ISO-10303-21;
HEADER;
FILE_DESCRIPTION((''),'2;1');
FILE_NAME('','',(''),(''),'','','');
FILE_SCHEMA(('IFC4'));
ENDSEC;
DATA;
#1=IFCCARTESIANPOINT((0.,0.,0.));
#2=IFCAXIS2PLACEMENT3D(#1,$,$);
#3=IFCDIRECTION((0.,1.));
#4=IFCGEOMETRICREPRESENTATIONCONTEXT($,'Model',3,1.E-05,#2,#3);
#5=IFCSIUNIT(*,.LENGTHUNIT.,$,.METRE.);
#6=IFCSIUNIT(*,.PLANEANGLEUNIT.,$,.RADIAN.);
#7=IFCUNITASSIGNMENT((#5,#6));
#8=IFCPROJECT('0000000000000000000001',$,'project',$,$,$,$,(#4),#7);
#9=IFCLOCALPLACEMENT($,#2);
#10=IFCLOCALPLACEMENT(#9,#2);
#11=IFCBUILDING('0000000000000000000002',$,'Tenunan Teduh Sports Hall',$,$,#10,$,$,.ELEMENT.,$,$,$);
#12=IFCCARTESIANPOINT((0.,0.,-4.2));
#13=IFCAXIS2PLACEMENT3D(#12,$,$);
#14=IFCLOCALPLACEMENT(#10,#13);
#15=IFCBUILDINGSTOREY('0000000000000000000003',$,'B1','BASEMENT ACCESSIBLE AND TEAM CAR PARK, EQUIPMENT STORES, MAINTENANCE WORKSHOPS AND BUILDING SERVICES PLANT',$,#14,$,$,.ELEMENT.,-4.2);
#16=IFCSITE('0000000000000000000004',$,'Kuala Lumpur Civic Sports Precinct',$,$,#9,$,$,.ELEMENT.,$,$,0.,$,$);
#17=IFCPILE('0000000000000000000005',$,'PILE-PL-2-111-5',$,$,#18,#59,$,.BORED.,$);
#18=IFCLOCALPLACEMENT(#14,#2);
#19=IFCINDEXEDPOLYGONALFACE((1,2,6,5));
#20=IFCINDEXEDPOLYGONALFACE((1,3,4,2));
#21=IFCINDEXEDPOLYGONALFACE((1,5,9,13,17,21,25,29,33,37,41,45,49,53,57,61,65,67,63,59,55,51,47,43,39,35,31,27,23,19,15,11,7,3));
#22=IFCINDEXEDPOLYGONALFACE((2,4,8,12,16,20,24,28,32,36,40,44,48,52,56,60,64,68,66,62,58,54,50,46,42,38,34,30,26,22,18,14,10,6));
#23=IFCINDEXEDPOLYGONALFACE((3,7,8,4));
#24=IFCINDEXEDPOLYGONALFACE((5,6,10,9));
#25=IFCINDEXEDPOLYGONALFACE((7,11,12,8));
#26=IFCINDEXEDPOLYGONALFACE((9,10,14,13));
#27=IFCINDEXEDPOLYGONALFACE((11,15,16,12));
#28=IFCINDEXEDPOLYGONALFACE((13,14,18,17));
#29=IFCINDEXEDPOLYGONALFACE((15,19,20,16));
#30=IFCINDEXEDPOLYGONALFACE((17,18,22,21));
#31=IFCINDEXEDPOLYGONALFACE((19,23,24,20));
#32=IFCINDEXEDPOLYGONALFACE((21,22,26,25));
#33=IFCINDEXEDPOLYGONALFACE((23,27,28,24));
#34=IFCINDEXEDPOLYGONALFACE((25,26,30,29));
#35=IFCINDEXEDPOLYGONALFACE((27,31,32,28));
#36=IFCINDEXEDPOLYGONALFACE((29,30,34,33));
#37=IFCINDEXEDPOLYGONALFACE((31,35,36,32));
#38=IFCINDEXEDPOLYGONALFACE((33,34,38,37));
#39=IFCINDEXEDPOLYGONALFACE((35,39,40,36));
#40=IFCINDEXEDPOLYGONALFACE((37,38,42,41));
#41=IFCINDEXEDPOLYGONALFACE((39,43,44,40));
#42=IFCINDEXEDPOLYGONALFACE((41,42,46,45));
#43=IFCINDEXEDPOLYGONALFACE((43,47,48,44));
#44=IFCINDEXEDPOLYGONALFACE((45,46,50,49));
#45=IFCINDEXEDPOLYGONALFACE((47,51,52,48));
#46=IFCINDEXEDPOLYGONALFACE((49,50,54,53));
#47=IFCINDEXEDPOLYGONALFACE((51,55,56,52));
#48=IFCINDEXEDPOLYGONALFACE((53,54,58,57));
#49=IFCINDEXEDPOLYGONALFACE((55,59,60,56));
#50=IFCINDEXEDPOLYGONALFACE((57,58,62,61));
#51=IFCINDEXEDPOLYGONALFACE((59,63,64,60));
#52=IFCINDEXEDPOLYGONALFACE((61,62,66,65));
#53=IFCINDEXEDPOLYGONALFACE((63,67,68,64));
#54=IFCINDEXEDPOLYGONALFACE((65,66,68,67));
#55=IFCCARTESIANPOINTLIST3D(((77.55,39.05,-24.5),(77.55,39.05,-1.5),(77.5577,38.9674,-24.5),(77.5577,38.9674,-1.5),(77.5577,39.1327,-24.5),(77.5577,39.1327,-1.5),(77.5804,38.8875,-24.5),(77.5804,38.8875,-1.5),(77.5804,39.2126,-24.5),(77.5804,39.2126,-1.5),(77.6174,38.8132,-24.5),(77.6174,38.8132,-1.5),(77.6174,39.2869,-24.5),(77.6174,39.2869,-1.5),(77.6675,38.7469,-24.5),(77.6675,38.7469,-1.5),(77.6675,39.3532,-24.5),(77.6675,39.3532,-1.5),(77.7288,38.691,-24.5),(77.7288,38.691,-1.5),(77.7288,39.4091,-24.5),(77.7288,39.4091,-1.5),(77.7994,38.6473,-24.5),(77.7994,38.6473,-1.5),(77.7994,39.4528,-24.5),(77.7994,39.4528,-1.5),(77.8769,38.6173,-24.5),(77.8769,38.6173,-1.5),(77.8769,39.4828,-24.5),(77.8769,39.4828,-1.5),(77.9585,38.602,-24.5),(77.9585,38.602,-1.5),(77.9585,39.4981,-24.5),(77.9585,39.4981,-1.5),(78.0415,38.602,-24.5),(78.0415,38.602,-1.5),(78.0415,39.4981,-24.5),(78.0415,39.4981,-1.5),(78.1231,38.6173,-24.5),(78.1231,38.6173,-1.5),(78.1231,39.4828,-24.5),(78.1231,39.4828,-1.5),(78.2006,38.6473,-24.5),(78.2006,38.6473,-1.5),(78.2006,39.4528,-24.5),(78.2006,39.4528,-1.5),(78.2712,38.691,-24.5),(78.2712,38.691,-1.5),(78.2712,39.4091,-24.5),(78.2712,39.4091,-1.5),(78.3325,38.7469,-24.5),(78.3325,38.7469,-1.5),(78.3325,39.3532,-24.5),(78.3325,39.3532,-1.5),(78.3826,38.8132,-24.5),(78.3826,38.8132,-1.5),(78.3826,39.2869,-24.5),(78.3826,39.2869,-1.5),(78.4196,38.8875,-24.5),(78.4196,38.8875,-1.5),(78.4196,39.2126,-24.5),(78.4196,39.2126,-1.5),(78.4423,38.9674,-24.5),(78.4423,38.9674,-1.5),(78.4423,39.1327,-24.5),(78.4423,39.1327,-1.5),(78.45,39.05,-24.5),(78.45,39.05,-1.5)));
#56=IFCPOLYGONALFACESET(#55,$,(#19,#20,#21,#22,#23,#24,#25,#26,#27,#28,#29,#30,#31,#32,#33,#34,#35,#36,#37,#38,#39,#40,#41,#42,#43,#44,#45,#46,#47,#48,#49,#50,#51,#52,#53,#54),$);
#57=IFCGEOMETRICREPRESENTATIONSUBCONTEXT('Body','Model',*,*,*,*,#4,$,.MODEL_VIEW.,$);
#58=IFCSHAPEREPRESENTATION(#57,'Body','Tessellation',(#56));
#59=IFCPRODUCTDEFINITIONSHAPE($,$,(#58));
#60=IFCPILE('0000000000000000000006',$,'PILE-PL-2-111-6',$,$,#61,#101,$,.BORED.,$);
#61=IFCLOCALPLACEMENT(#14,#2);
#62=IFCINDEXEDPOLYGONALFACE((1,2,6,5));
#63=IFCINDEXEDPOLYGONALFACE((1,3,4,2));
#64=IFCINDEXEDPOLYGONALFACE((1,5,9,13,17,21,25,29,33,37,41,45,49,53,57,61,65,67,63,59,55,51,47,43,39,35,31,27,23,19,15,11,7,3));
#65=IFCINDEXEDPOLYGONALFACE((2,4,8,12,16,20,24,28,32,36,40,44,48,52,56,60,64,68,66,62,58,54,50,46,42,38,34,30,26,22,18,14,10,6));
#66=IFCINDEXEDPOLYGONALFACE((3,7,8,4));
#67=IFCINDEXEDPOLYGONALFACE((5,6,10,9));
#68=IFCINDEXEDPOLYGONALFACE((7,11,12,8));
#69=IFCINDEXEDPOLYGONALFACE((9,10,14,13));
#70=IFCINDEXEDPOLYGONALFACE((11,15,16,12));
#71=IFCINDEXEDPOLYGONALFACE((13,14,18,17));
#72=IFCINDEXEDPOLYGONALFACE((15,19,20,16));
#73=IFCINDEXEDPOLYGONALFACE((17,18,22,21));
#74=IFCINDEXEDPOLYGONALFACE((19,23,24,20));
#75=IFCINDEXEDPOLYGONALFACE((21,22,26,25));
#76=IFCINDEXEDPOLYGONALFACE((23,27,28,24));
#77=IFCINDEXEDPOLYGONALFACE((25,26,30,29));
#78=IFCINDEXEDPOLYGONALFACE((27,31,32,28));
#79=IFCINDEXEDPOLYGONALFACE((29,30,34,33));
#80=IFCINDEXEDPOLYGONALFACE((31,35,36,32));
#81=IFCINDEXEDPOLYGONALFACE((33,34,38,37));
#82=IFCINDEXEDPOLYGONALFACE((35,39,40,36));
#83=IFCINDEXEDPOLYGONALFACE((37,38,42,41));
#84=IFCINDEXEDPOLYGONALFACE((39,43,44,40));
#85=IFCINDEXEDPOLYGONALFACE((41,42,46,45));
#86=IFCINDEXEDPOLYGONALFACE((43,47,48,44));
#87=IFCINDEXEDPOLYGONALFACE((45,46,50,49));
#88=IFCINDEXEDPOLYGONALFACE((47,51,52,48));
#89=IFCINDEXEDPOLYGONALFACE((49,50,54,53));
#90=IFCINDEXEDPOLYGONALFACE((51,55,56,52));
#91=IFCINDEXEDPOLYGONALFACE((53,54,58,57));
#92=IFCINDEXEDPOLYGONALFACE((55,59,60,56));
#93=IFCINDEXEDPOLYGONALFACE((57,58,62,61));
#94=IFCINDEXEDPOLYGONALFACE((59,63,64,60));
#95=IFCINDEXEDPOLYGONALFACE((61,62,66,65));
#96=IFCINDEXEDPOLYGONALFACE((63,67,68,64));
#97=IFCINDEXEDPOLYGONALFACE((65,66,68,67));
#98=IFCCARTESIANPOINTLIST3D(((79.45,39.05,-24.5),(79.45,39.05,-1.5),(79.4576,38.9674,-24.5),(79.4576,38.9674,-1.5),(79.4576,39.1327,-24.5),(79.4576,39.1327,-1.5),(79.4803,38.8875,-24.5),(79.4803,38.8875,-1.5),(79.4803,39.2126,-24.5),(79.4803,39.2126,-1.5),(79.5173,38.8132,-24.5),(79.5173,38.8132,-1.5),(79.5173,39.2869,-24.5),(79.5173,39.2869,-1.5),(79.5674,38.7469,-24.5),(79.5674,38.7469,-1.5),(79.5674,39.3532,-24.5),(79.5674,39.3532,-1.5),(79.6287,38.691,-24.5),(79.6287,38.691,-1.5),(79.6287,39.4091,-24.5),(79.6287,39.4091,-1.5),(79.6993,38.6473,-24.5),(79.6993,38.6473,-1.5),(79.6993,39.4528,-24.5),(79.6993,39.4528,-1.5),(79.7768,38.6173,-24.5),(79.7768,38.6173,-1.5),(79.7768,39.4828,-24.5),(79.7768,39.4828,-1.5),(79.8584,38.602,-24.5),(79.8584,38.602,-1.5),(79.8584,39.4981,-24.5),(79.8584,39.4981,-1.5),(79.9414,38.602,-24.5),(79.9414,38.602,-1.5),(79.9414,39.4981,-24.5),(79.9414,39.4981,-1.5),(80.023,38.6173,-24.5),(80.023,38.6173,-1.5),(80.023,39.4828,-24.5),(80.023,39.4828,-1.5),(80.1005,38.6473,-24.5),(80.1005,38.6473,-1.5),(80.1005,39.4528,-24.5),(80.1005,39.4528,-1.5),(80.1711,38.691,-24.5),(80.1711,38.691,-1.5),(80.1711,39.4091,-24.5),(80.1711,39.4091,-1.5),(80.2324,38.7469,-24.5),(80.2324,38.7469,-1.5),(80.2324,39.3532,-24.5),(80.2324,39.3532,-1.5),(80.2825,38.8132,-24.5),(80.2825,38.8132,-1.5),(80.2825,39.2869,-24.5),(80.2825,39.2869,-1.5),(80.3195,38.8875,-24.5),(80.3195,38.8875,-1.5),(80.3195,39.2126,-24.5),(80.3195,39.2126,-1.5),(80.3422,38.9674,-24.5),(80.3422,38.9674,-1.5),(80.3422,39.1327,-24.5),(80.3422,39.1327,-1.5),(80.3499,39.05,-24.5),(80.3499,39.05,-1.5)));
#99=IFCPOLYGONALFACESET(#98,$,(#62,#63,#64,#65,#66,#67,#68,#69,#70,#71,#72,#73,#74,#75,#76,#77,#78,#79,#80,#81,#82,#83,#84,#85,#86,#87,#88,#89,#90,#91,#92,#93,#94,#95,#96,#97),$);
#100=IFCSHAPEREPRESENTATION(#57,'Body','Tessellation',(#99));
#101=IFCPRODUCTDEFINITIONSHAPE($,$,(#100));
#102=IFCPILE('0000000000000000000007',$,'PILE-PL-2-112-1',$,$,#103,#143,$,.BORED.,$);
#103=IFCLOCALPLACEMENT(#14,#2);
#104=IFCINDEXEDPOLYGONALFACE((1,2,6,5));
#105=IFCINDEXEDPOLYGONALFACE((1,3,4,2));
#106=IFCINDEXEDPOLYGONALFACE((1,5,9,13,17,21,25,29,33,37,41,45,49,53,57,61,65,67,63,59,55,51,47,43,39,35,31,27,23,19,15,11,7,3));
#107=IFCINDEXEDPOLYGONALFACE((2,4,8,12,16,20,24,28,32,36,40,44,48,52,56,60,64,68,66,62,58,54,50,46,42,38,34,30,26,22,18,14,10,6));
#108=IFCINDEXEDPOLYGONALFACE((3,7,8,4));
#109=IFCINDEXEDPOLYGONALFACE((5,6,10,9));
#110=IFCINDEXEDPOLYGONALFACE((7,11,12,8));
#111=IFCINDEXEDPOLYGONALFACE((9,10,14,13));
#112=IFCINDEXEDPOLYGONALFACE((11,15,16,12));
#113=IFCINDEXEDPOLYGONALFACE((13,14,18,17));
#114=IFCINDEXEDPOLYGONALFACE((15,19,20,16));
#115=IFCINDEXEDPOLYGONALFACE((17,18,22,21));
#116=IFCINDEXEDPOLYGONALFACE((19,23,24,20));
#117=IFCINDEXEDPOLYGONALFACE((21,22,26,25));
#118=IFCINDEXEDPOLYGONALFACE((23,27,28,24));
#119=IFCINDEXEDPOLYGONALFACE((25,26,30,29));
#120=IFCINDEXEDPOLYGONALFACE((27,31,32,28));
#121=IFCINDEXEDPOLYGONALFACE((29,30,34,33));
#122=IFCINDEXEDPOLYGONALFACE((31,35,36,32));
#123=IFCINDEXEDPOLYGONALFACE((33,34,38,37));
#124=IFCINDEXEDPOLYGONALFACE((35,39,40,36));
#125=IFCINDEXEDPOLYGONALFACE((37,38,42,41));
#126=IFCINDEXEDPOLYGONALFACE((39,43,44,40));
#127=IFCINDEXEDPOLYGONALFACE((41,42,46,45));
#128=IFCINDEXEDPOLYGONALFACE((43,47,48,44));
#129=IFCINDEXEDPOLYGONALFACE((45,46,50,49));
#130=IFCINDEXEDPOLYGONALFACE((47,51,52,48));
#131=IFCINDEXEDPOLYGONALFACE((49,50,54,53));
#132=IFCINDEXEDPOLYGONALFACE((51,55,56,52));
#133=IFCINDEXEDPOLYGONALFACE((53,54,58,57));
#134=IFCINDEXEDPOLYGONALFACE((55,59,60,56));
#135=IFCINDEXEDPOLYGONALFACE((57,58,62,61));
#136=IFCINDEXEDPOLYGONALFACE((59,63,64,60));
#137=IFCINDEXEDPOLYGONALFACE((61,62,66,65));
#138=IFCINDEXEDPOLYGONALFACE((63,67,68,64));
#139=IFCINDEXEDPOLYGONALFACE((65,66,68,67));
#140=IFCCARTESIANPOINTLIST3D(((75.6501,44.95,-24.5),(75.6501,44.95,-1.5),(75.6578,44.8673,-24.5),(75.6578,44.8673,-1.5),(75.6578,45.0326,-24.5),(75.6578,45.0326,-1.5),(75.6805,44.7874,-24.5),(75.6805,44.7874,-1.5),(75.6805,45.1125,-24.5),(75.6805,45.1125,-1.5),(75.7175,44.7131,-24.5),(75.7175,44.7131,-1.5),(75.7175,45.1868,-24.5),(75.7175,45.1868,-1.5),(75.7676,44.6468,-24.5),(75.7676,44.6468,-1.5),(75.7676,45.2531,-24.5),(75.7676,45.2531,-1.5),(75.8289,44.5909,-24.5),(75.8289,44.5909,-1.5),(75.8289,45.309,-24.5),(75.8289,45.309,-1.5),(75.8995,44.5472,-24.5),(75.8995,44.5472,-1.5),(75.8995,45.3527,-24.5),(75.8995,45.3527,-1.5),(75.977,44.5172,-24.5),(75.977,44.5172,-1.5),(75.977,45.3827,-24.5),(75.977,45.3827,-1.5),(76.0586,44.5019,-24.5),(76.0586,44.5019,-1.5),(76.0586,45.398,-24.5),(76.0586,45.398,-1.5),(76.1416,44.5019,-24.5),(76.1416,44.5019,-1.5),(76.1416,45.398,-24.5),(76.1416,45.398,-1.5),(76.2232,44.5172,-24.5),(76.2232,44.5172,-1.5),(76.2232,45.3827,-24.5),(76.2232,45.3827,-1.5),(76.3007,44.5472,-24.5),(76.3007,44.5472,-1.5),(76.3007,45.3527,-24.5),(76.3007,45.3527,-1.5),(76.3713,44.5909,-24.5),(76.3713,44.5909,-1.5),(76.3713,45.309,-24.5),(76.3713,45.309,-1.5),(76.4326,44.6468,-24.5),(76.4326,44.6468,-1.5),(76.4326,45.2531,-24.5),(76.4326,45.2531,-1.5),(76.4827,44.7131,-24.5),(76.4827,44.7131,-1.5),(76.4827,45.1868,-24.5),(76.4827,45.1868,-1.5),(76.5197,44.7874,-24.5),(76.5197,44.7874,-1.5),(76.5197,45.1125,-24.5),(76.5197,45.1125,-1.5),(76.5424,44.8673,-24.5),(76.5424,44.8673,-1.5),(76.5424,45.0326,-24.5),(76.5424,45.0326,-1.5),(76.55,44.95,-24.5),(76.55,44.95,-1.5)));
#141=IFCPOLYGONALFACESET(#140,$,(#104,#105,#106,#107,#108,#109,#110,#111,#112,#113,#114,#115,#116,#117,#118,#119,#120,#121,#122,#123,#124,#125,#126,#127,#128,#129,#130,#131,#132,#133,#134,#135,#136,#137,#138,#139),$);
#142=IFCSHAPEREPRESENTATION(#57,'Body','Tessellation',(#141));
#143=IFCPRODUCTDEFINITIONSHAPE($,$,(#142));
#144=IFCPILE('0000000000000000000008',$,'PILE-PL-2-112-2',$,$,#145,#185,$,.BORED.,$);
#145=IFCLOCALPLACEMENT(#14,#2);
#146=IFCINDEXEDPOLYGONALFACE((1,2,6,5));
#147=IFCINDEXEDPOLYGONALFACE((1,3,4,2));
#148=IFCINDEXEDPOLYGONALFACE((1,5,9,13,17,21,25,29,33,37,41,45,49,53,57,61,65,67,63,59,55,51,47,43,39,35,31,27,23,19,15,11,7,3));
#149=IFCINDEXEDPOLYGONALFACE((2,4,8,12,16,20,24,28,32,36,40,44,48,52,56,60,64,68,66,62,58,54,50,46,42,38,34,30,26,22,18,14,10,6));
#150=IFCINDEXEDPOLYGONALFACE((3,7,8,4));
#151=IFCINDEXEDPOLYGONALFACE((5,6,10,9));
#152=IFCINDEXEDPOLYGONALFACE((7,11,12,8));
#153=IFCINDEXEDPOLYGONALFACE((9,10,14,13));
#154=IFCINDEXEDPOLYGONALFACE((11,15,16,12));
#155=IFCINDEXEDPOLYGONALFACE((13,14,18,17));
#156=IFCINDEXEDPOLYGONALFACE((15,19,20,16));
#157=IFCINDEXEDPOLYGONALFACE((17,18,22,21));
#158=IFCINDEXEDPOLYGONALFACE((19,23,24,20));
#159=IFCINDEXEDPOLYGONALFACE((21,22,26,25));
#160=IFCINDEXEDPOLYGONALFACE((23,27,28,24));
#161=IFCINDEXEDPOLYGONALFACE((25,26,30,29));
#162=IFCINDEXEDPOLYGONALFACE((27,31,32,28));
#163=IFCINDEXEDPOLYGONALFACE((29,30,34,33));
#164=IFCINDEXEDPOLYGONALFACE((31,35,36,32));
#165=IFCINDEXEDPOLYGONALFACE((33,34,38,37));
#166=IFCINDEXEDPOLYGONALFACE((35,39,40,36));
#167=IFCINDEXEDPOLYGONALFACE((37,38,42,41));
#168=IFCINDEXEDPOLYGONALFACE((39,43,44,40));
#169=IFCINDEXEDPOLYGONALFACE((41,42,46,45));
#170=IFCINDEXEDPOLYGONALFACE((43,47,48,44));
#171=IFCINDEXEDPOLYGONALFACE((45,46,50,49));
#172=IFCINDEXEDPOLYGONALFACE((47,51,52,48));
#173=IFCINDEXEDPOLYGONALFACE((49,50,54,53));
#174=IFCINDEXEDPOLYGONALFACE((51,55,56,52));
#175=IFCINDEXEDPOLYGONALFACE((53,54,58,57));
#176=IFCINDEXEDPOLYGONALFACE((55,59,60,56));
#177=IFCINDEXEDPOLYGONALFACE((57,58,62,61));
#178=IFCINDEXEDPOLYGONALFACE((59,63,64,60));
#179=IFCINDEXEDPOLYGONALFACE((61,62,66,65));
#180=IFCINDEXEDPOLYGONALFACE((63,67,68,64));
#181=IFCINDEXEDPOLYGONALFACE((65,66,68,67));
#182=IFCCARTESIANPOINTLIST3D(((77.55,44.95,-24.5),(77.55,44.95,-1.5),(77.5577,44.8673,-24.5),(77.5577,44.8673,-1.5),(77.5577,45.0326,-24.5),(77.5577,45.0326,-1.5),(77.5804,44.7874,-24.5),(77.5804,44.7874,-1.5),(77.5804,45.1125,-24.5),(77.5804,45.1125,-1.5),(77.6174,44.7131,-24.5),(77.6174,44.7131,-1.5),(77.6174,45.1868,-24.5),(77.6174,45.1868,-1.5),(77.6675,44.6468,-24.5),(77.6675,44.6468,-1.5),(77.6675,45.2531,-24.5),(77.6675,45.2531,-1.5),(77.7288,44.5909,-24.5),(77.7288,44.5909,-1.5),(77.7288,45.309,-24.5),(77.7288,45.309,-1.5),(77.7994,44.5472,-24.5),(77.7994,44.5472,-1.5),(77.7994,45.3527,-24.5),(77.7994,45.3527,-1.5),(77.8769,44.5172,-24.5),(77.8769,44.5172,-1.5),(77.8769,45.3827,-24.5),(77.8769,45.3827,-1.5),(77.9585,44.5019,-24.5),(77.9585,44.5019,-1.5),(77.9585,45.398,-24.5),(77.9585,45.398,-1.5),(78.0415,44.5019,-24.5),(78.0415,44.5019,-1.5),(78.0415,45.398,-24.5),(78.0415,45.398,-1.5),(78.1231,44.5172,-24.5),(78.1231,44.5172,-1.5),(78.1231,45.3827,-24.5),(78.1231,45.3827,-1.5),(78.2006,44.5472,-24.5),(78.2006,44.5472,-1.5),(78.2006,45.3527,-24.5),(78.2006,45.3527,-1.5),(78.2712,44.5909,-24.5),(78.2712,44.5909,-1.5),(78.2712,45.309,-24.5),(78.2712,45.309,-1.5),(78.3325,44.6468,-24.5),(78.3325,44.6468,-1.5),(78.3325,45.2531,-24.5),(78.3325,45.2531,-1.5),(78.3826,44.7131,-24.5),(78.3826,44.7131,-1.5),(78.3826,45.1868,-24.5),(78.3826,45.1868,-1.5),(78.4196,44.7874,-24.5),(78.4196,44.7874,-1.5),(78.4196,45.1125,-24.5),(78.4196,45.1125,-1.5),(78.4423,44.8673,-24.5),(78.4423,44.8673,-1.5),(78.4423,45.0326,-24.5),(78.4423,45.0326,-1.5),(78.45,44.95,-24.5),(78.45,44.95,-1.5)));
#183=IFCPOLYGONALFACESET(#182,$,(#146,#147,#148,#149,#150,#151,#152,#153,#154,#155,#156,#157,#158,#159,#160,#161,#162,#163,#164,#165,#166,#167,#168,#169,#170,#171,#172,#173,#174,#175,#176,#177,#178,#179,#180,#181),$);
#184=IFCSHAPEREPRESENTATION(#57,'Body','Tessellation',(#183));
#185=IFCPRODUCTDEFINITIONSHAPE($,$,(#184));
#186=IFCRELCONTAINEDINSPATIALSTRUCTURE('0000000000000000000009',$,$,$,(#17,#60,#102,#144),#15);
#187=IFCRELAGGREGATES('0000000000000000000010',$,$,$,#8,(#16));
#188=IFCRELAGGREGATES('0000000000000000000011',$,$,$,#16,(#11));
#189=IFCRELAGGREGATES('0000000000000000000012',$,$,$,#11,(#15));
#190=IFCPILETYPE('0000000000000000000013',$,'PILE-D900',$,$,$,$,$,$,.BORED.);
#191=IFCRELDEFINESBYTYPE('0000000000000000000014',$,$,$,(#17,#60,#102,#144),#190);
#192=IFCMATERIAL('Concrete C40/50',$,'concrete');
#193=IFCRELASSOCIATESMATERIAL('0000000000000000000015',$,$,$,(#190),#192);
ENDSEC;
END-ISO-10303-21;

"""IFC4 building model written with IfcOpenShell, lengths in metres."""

from ifc_helpers import new_model, si_unit, direction, frame, origin, origin_2d, place, context, subcontext, project, spatial, circle, extrude, material, material_profile, profile_set, type_object, element, save


model = new_model("IFC4")

# Units and contexts
model_context = context("Model", 3, precision=1e-05, world=origin(), true_north=direction((0.0, 1.0)))
body_context = subcontext(model_context, "Body", "Model", "MODEL_VIEW")
ifc_project = project(units=[si_unit("LENGTHUNIT", "METRE"), si_unit("PLANEANGLEUNIT", "RADIAN")], contexts=[model_context])

# Site, building, storey
site_placement = place(None, origin())
site = spatial("IfcSite", under=ifc_project, at=site_placement, Name="Kuala Lumpur Civic Sports Precinct", CompositionType="ELEMENT", RefElevation=0.0)
building_placement = place(site_placement, origin())
building = spatial("IfcBuilding", under=site, at=building_placement, Name="Tenunan Teduh Sports Hall", CompositionType="ELEMENT")
storey_placement = place(building_placement, frame((0.0, 0.0, -4.2)))
storey = spatial("IfcBuildingStorey", under=building, at=storey_placement, Name="B1", Description="BASEMENT ACCESSIBLE AND TEAM CAR PARK, EQUIPMENT STORES, MAINTENANCE WORKSHOPS AND BUILDING SERVICES PLANT", CompositionType="ELEMENT", Elevation=-4.2)

# Piles
ifc_material_1 = material(Name="Concrete C40/50", Category="concrete")
ifc_material_profile_1 = material_profile(ifc_material_1, circle(Radius=0.45, at=origin_2d()), Name="PILE D900")
ifc_profile_set_1 = profile_set([ifc_material_profile_1], Name="Concrete C40/50")
pile_type = type_object("IfcPileType", Name="PILE-D900", PredefinedType="BORED", material=ifc_profile_set_1)
for number, where, z_axis, x_axis, name in (
    (1, (78.0, 39.05, -1.5), (0.0, 0.0, -1.0), (1.0, 0.0, 0.0), "PILE-PL-2-111-5"),
    (2, (79.8999, 39.05, -1.5), (0.0, 0.0, -1.0), (1.0, 0.0, 0.0), "PILE-PL-2-111-6"),
    (3, (76.1001, 44.95, -1.5), (0.0, 0.0, -1.0), (1.0, 0.0, 0.0), "PILE-PL-2-112-1"),
    (4, (78.0, 44.95, -1.5), (0.0, 0.0, -1.0), (1.0, 0.0, 0.0), "PILE-PL-2-112-2"),
):
    element("IfcPile", number, at=place(storey_placement, frame(where, z_axis=z_axis, x_axis=x_axis)), inside=storey, type_object=pile_type, Name=name, PredefinedType="BORED", context=body_context, shape_type="SweptSolid", body=[
        extrude(circle(Radius=0.45, at=origin_2d()), origin(), (0.0, 0.0, 1.0), 23.0),
    ])

save(model, "model.ifc")
